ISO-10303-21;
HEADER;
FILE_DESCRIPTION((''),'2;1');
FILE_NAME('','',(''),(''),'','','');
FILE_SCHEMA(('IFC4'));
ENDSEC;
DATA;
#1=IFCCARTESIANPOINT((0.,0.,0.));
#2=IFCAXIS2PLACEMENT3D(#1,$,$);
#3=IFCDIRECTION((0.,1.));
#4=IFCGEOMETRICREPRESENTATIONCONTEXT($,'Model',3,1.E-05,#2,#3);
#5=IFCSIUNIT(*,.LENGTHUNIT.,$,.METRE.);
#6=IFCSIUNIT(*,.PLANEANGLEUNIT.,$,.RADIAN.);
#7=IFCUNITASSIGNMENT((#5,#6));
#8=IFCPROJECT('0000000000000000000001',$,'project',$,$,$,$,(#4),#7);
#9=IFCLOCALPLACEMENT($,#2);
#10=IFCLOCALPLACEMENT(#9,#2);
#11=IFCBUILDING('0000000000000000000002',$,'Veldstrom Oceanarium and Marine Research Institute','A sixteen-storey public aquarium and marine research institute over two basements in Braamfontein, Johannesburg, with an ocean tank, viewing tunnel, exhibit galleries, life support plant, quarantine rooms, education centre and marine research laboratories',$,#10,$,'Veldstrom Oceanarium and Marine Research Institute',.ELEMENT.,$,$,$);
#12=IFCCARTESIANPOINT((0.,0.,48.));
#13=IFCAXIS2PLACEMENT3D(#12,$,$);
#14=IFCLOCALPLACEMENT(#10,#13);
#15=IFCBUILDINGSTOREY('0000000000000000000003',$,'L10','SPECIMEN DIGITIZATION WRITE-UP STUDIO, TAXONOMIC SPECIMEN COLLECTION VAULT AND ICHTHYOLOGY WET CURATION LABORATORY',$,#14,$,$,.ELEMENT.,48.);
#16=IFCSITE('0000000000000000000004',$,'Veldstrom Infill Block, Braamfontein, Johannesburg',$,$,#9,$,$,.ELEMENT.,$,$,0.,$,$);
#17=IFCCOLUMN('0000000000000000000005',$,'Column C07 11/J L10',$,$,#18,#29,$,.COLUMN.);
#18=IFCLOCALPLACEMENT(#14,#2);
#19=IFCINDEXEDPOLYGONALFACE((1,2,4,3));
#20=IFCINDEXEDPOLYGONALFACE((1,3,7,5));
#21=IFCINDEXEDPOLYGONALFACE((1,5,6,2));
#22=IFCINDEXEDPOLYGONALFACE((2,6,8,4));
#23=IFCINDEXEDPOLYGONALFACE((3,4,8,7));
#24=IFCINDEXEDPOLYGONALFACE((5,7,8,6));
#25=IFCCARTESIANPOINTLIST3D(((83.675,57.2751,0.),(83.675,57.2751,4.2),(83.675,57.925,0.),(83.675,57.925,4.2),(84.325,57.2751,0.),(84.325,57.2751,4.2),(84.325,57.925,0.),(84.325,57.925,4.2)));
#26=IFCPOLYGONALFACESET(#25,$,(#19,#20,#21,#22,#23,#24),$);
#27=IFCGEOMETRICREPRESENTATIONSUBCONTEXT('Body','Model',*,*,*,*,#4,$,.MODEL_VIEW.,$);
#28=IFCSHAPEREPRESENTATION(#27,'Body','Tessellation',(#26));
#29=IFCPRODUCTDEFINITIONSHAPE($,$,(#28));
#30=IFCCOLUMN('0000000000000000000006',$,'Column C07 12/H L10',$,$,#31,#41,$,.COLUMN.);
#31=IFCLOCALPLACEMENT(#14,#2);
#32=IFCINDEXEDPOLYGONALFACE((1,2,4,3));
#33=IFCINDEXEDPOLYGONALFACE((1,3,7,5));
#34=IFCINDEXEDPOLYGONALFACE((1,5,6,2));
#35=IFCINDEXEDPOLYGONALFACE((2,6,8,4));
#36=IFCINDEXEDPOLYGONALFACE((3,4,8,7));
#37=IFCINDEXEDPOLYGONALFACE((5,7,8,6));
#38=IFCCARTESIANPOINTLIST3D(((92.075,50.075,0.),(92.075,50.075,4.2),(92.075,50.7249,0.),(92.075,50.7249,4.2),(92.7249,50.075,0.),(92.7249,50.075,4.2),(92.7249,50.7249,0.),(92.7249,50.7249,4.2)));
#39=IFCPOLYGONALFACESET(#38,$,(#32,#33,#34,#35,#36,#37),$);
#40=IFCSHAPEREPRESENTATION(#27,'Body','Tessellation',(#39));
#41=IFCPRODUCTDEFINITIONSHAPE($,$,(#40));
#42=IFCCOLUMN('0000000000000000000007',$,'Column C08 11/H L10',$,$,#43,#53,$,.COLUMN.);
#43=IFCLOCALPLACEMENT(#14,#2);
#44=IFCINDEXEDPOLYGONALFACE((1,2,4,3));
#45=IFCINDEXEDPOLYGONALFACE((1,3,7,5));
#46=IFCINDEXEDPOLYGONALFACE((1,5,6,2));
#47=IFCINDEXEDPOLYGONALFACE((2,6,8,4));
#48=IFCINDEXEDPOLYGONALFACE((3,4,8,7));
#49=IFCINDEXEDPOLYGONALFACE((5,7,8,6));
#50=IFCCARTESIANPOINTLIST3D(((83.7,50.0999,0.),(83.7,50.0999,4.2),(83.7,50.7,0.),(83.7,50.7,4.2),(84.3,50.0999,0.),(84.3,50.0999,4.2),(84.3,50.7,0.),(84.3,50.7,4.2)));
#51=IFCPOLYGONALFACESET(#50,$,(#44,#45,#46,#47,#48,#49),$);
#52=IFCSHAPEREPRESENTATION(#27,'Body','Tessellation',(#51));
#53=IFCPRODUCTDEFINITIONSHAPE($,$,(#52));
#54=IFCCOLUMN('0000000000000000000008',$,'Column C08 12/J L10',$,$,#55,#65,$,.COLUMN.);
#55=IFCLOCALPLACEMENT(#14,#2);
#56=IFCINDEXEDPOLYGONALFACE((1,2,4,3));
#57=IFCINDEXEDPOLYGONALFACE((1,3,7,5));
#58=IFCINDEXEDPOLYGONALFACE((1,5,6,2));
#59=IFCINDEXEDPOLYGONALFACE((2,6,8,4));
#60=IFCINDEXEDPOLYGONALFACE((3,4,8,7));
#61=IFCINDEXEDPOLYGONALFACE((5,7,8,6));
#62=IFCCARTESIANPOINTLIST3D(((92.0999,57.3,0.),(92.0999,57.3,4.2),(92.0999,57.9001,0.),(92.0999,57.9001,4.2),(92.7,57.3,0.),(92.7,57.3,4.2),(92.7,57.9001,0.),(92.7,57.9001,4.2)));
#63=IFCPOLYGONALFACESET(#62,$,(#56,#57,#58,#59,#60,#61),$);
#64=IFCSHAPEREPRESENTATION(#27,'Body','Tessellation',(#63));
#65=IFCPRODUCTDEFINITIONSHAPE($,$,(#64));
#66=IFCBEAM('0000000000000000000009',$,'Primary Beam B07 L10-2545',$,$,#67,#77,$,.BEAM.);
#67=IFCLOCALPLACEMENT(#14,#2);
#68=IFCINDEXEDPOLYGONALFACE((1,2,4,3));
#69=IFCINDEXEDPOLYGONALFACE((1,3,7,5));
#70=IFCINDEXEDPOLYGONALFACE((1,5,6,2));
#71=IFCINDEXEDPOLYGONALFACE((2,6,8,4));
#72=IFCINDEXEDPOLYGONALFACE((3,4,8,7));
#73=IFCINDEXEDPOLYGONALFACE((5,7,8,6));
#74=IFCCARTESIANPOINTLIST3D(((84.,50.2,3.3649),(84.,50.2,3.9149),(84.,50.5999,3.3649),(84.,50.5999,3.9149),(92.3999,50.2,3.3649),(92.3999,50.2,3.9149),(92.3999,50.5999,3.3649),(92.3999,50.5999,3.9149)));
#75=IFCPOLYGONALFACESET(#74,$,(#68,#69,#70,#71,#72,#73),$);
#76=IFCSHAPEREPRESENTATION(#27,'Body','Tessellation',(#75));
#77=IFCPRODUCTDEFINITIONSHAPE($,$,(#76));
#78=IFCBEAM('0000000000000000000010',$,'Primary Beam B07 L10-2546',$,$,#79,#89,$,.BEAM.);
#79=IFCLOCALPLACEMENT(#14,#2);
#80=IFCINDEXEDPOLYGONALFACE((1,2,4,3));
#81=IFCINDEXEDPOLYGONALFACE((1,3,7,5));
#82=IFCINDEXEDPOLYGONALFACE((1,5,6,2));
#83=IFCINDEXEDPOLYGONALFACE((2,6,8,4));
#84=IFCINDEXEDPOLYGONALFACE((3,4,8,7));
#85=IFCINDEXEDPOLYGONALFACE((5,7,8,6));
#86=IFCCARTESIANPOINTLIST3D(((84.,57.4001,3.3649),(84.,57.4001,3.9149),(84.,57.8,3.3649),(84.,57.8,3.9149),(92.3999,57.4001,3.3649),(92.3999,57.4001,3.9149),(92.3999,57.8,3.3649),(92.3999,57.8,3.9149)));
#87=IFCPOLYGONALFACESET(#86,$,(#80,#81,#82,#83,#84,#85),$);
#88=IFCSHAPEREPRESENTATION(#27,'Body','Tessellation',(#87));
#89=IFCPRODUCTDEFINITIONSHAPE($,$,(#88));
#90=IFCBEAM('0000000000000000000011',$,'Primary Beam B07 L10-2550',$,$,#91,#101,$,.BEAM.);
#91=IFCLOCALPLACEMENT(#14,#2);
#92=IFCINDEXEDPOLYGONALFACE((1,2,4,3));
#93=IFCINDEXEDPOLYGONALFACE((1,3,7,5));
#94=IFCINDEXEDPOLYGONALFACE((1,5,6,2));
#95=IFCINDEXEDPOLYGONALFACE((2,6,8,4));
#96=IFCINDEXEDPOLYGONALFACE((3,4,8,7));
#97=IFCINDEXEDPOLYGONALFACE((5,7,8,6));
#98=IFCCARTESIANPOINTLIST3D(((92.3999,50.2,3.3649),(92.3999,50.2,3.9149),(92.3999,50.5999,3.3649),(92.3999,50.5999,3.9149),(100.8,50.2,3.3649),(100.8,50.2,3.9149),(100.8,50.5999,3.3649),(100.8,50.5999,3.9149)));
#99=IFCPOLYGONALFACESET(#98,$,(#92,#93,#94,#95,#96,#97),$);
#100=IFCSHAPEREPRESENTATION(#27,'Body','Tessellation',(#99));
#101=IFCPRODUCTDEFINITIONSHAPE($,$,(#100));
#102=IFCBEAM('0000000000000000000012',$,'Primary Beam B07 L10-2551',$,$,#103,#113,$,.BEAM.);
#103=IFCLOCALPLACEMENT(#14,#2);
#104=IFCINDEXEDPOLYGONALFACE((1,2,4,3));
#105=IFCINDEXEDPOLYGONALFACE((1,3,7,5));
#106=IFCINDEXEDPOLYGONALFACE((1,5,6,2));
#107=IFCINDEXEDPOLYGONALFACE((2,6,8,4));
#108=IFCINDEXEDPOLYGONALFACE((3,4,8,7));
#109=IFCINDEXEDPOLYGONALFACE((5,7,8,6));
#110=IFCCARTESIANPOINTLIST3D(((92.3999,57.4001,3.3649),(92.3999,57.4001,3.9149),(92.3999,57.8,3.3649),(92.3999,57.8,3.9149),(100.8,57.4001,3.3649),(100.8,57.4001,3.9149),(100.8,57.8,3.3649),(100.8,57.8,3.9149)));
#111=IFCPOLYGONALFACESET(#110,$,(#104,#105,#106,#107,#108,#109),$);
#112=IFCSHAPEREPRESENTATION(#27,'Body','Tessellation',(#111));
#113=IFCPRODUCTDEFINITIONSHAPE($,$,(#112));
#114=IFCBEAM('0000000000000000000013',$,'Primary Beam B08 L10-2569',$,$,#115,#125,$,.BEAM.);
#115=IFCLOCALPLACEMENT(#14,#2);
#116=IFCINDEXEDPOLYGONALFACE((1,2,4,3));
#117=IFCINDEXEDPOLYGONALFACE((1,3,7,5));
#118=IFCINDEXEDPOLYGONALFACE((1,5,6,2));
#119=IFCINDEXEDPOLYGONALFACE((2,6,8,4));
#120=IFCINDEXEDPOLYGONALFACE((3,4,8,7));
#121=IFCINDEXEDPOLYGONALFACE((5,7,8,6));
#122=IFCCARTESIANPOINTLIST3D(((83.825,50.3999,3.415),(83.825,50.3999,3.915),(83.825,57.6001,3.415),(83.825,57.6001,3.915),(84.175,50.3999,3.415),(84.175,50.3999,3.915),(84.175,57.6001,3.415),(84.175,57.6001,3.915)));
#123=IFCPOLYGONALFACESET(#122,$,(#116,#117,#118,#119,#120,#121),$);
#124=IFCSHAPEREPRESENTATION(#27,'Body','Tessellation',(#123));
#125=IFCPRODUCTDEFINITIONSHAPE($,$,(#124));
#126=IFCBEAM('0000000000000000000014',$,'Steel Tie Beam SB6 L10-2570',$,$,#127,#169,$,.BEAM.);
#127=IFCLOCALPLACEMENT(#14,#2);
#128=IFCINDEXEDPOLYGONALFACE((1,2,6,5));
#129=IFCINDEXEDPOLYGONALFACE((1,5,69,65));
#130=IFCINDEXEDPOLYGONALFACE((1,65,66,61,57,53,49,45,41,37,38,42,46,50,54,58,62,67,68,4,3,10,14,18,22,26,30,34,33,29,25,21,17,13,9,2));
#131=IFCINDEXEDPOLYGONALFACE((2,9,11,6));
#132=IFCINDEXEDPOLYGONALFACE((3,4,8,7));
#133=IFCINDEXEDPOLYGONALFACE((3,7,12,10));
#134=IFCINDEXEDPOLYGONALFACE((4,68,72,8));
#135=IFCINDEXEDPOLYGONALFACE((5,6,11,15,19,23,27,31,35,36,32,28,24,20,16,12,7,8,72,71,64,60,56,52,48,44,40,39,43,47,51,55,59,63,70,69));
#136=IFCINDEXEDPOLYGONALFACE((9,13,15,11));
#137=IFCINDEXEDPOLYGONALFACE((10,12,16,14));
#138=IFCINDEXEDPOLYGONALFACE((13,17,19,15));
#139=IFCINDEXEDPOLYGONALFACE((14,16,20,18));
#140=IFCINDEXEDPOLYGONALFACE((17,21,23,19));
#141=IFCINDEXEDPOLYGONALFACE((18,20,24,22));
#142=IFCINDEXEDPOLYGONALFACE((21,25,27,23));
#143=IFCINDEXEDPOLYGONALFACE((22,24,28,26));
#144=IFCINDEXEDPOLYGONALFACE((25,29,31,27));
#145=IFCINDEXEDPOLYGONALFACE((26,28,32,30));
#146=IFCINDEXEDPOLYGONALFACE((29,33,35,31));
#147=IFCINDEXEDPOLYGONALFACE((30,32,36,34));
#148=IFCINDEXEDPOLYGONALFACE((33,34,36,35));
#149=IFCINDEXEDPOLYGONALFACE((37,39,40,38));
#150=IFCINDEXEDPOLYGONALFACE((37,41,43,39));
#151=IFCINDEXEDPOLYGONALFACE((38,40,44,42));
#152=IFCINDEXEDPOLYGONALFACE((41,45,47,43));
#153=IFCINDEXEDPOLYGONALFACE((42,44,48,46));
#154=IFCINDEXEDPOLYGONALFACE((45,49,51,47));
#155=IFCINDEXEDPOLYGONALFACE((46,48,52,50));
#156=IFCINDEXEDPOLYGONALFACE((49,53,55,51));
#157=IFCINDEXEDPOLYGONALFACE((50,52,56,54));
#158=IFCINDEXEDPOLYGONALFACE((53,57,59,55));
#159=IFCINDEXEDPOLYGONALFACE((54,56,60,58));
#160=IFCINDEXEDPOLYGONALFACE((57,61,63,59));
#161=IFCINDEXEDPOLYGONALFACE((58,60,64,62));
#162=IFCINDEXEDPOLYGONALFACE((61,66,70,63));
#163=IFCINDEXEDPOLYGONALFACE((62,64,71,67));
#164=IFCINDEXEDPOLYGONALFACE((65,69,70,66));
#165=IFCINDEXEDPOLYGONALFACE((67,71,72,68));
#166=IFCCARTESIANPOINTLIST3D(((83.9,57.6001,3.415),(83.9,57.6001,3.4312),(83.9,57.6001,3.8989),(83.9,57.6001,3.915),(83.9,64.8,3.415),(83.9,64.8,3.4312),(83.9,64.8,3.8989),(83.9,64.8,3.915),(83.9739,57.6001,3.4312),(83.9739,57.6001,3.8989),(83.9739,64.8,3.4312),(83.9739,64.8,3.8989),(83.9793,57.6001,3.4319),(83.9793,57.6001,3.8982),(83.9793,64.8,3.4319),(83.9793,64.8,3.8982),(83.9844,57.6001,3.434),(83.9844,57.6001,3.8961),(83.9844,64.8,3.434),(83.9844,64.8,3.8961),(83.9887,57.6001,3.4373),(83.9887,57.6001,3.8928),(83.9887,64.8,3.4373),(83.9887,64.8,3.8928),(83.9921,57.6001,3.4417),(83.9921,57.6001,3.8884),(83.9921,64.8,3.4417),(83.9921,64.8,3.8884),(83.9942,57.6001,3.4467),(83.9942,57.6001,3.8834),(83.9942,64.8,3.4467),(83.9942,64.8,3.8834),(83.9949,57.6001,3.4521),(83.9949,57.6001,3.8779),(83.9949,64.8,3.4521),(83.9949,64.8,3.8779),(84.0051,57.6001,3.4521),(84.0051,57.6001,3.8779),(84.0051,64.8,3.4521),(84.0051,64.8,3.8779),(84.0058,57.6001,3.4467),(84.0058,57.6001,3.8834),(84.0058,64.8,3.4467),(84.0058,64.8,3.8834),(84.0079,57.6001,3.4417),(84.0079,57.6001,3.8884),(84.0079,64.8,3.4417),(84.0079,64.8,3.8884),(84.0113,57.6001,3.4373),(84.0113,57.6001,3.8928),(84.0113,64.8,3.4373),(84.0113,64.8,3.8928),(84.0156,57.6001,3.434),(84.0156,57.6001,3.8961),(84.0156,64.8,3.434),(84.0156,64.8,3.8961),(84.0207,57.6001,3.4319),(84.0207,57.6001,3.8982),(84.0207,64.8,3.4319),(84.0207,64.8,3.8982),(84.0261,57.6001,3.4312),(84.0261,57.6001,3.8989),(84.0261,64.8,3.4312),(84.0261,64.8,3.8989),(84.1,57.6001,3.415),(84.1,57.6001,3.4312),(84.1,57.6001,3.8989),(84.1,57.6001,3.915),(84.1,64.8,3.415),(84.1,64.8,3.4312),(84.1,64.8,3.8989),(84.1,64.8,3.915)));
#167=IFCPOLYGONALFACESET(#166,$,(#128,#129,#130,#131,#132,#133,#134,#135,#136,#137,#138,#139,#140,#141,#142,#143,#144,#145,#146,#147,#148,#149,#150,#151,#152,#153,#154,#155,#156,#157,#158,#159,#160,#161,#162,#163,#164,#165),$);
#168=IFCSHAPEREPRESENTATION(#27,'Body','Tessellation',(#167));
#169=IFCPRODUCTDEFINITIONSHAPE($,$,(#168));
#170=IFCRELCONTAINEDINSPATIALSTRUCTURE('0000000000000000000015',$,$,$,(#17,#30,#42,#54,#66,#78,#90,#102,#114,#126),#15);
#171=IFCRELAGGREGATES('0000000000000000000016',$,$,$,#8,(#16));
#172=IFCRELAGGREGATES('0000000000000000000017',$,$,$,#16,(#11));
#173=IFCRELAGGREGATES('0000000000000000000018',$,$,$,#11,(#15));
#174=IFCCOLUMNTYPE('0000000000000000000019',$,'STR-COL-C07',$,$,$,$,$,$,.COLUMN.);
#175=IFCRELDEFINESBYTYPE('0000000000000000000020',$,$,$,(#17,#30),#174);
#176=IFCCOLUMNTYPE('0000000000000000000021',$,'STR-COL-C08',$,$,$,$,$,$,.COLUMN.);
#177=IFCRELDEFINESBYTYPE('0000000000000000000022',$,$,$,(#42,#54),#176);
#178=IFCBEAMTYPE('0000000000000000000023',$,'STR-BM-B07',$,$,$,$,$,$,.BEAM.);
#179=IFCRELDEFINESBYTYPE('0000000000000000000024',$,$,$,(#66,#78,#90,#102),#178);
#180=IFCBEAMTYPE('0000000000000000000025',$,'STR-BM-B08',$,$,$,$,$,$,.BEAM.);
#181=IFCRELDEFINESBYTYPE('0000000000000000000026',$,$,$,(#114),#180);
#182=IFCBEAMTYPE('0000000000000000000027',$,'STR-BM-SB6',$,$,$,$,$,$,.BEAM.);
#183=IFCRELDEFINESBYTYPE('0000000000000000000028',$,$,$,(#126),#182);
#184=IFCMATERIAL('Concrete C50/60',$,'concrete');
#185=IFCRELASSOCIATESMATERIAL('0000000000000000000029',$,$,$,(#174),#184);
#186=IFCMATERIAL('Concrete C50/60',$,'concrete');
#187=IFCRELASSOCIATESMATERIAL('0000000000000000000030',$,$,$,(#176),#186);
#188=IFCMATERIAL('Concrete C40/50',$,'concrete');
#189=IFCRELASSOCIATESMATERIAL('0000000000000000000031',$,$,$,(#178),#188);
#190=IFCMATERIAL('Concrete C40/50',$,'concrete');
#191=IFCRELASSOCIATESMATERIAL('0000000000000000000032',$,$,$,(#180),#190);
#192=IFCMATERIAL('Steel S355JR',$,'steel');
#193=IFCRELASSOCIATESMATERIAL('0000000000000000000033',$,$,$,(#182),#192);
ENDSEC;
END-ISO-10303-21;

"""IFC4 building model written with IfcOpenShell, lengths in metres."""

from ifc_helpers import new_model, si_unit, direction, frame, origin, origin_2d, place, context, subcontext, project, spatial, rectangle, i_section, extrude, material, material_profile, profile_set, type_object, element, save


model = new_model("IFC4")

# Units and contexts
model_context = context("Model", 3, precision=1e-05, world=origin(), true_north=direction((0.0, 1.0)))
body_context = subcontext(model_context, "Body", "Model", "MODEL_VIEW")
ifc_project = project(units=[si_unit("LENGTHUNIT", "METRE"), si_unit("PLANEANGLEUNIT", "RADIAN")], contexts=[model_context])

# Site, building, storey
site_placement = place(None, origin())
site = spatial("IfcSite", under=ifc_project, at=site_placement, Name="Veldstrom Infill Block, Braamfontein, Johannesburg", CompositionType="ELEMENT", RefElevation=0.0)
building_placement = place(site_placement, origin())
building = spatial("IfcBuilding", under=site, at=building_placement, Name="Veldstrom Oceanarium and Marine Research Institute", Description="A sixteen-storey public aquarium and marine research institute over two basements in Braamfontein, Johannesburg, with an ocean tank, viewing tunnel, exhibit galleries, life support plant, quarantine rooms, education centre and marine research laboratories", LongName="Veldstrom Oceanarium and Marine Research Institute", CompositionType="ELEMENT")
storey_placement = place(building_placement, frame((0.0, 0.0, 48.0)))
storey = spatial("IfcBuildingStorey", under=building, at=storey_placement, Name="L10", Description="SPECIMEN DIGITIZATION WRITE-UP STUDIO, TAXONOMIC SPECIMEN COLLECTION VAULT AND ICHTHYOLOGY WET CURATION LABORATORY", CompositionType="ELEMENT", Elevation=48.0)

# Columns
ifc_material_1 = material(Name="Concrete C50/60", Category="concrete")
ifc_material_profile_1 = material_profile(ifc_material_1, rectangle(XDim=0.6499, YDim=0.6499, at=origin_2d()), Name="RC-COL-650x650")
ifc_profile_set_1 = profile_set([ifc_material_profile_1], Name="Concrete C50/60")
column_type_1 = type_object("IfcColumnType", Name="STR-COL-C07", PredefinedType="COLUMN", material=ifc_profile_set_1)
for number, where, z_axis, x_axis, name in (
    (1, (84.0, 57.6001, 0.0), (0.0, 0.0, 1.0), (1.0, 0.0, 0.0), "Column C07 11/J L10"),
    (2, (92.3999, 50.3999, 0.0), (0.0, 0.0, 1.0), (1.0, 0.0, 0.0), "Column C07 12/H L10"),
):
    element("IfcColumn", number, at=place(storey_placement, frame(where, z_axis=z_axis, x_axis=x_axis)), inside=storey, type_object=column_type_1, Name=name, PredefinedType="COLUMN", context=body_context, shape_type="SweptSolid", body=[
        extrude(rectangle(XDim=0.6499, YDim=0.6499, at=origin_2d()), origin(), (0.0, 0.0, 1.0), 4.2),
    ])
ifc_material_2 = material(Name="Concrete C50/60", Category="concrete")
ifc_material_profile_2 = material_profile(ifc_material_2, rectangle(XDim=0.6001, YDim=0.6001, at=origin_2d()), Name="RC-COL-600x600")
ifc_profile_set_2 = profile_set([ifc_material_profile_2], Name="Concrete C50/60")
column_type_2 = type_object("IfcColumnType", Name="STR-COL-C08", PredefinedType="COLUMN", material=ifc_profile_set_2)
for number, where, z_axis, x_axis, name in (
    (3, (84.0, 50.3999, 0.0), (0.0, 0.0, 1.0), (1.0, 0.0, 0.0), "Column C08 11/H L10"),
    (4, (92.3999, 57.6001, 0.0), (0.0, 0.0, 1.0), (1.0, 0.0, 0.0), "Column C08 12/J L10"),
):
    element("IfcColumn", number, at=place(storey_placement, frame(where, z_axis=z_axis, x_axis=x_axis)), inside=storey, type_object=column_type_2, Name=name, PredefinedType="COLUMN", context=body_context, shape_type="SweptSolid", body=[
        extrude(rectangle(XDim=0.6001, YDim=0.6001, at=origin_2d()), origin(), (0.0, 0.0, 1.0), 4.2),
    ])

# Beams
ifc_material_3 = material(Name="Concrete C40/50", Category="concrete")
ifc_material_profile_3 = material_profile(ifc_material_3, rectangle(XDim=0.3999, YDim=0.55, at=origin_2d()), Name="RC-BM-400x550")
ifc_profile_set_3 = profile_set([ifc_material_profile_3], Name="Concrete C40/50")
beam_type_1 = type_object("IfcBeamType", Name="STR-BM-B07", PredefinedType="BEAM", material=ifc_profile_set_3)
for number, where, z_axis, x_axis, name in (
    (5, (84.0, 50.3999, 3.6399), (1.0, 0.0, 0.0), (0.0, 1.0, 0.0), "Primary Beam B07 L10-2545"),
    (6, (84.0, 57.6001, 3.6399), (1.0, 0.0, 0.0), (0.0, 1.0, 0.0), "Primary Beam B07 L10-2546"),
):
    element("IfcBeam", number, at=place(storey_placement, frame(where, z_axis=z_axis, x_axis=x_axis)), inside=storey, type_object=beam_type_1, Name=name, PredefinedType="BEAM", context=body_context, shape_type="SweptSolid", body=[
        extrude(rectangle(XDim=0.3999, YDim=0.55, at=origin_2d()), origin(), (0.0, 0.0, 1.0), 8.3999),
    ])
for number, where, z_axis, x_axis, name in (
    (7, (92.3999, 50.3999, 3.6399), (1.0, 0.0, 0.0), (0.0, 1.0, 0.0), "Primary Beam B07 L10-2550"),
    (8, (92.3999, 57.6001, 3.6399), (1.0, 0.0, 0.0), (0.0, 1.0, 0.0), "Primary Beam B07 L10-2551"),
):
    element("IfcBeam", number, at=place(storey_placement, frame(where, z_axis=z_axis, x_axis=x_axis)), inside=storey, type_object=beam_type_1, Name=name, PredefinedType="BEAM", context=body_context, shape_type="SweptSolid", body=[
        extrude(rectangle(XDim=0.3999, YDim=0.55, at=origin_2d()), origin(), (0.0, 0.0, 1.0), 8.4001),
    ])
ifc_material_4 = material(Name="Concrete C40/50", Category="concrete")
ifc_material_profile_4 = material_profile(ifc_material_4, rectangle(XDim=0.3501, YDim=0.5, at=origin_2d()), Name="RC-BM-350x500")
ifc_profile_set_4 = profile_set([ifc_material_profile_4], Name="Concrete C40/50")
beam_type_2 = type_object("IfcBeamType", Name="STR-BM-B08", PredefinedType="BEAM", material=ifc_profile_set_4)
beam_1_placement = place(storey_placement, frame((84.0, 50.3999, 3.665), z_axis=(0.0, 1.0, 0.0), x_axis=(-1.0, 0.0, 0.0)))
element("IfcBeam", 9, at=beam_1_placement, inside=storey, type_object=beam_type_2, Name="Primary Beam B08 L10-2569", PredefinedType="BEAM", context=body_context, shape_type="SweptSolid", body=[
    extrude(rectangle(XDim=0.3501, YDim=0.5, at=origin_2d()), origin(), (0.0, 0.0, 1.0), 7.2002),
])
ifc_material_5 = material(Name="Steel S355JR", Category="steel")
ifc_material_profile_5 = material_profile(ifc_material_5, i_section(OverallWidth=0.2, OverallDepth=0.5, WebThickness=0.0103, FlangeThickness=0.0161, FilletRadius=0.021, at=origin_2d()), Name="IPE 500")
ifc_profile_set_5 = profile_set([ifc_material_profile_5], Name="Steel S355JR")
beam_type_3 = type_object("IfcBeamType", Name="STR-BM-SB6", PredefinedType="BEAM", material=ifc_profile_set_5)
beam_2_placement = place(storey_placement, frame((84.0, 57.6001, 3.665), z_axis=(0.0, 1.0, 0.0), x_axis=(-1.0, 0.0, 0.0)))
element("IfcBeam", 10, at=beam_2_placement, inside=storey, type_object=beam_type_3, Name="Steel Tie Beam SB6 L10-2570", PredefinedType="BEAM", context=body_context, shape_type="SweptSolid", body=[
    extrude(i_section(OverallWidth=0.2, OverallDepth=0.5, WebThickness=0.0103, FlangeThickness=0.0161, FilletRadius=0.021, at=origin_2d()), origin(), (0.0, 0.0, 1.0), 7.2),
])

save(model, "model.ifc")
